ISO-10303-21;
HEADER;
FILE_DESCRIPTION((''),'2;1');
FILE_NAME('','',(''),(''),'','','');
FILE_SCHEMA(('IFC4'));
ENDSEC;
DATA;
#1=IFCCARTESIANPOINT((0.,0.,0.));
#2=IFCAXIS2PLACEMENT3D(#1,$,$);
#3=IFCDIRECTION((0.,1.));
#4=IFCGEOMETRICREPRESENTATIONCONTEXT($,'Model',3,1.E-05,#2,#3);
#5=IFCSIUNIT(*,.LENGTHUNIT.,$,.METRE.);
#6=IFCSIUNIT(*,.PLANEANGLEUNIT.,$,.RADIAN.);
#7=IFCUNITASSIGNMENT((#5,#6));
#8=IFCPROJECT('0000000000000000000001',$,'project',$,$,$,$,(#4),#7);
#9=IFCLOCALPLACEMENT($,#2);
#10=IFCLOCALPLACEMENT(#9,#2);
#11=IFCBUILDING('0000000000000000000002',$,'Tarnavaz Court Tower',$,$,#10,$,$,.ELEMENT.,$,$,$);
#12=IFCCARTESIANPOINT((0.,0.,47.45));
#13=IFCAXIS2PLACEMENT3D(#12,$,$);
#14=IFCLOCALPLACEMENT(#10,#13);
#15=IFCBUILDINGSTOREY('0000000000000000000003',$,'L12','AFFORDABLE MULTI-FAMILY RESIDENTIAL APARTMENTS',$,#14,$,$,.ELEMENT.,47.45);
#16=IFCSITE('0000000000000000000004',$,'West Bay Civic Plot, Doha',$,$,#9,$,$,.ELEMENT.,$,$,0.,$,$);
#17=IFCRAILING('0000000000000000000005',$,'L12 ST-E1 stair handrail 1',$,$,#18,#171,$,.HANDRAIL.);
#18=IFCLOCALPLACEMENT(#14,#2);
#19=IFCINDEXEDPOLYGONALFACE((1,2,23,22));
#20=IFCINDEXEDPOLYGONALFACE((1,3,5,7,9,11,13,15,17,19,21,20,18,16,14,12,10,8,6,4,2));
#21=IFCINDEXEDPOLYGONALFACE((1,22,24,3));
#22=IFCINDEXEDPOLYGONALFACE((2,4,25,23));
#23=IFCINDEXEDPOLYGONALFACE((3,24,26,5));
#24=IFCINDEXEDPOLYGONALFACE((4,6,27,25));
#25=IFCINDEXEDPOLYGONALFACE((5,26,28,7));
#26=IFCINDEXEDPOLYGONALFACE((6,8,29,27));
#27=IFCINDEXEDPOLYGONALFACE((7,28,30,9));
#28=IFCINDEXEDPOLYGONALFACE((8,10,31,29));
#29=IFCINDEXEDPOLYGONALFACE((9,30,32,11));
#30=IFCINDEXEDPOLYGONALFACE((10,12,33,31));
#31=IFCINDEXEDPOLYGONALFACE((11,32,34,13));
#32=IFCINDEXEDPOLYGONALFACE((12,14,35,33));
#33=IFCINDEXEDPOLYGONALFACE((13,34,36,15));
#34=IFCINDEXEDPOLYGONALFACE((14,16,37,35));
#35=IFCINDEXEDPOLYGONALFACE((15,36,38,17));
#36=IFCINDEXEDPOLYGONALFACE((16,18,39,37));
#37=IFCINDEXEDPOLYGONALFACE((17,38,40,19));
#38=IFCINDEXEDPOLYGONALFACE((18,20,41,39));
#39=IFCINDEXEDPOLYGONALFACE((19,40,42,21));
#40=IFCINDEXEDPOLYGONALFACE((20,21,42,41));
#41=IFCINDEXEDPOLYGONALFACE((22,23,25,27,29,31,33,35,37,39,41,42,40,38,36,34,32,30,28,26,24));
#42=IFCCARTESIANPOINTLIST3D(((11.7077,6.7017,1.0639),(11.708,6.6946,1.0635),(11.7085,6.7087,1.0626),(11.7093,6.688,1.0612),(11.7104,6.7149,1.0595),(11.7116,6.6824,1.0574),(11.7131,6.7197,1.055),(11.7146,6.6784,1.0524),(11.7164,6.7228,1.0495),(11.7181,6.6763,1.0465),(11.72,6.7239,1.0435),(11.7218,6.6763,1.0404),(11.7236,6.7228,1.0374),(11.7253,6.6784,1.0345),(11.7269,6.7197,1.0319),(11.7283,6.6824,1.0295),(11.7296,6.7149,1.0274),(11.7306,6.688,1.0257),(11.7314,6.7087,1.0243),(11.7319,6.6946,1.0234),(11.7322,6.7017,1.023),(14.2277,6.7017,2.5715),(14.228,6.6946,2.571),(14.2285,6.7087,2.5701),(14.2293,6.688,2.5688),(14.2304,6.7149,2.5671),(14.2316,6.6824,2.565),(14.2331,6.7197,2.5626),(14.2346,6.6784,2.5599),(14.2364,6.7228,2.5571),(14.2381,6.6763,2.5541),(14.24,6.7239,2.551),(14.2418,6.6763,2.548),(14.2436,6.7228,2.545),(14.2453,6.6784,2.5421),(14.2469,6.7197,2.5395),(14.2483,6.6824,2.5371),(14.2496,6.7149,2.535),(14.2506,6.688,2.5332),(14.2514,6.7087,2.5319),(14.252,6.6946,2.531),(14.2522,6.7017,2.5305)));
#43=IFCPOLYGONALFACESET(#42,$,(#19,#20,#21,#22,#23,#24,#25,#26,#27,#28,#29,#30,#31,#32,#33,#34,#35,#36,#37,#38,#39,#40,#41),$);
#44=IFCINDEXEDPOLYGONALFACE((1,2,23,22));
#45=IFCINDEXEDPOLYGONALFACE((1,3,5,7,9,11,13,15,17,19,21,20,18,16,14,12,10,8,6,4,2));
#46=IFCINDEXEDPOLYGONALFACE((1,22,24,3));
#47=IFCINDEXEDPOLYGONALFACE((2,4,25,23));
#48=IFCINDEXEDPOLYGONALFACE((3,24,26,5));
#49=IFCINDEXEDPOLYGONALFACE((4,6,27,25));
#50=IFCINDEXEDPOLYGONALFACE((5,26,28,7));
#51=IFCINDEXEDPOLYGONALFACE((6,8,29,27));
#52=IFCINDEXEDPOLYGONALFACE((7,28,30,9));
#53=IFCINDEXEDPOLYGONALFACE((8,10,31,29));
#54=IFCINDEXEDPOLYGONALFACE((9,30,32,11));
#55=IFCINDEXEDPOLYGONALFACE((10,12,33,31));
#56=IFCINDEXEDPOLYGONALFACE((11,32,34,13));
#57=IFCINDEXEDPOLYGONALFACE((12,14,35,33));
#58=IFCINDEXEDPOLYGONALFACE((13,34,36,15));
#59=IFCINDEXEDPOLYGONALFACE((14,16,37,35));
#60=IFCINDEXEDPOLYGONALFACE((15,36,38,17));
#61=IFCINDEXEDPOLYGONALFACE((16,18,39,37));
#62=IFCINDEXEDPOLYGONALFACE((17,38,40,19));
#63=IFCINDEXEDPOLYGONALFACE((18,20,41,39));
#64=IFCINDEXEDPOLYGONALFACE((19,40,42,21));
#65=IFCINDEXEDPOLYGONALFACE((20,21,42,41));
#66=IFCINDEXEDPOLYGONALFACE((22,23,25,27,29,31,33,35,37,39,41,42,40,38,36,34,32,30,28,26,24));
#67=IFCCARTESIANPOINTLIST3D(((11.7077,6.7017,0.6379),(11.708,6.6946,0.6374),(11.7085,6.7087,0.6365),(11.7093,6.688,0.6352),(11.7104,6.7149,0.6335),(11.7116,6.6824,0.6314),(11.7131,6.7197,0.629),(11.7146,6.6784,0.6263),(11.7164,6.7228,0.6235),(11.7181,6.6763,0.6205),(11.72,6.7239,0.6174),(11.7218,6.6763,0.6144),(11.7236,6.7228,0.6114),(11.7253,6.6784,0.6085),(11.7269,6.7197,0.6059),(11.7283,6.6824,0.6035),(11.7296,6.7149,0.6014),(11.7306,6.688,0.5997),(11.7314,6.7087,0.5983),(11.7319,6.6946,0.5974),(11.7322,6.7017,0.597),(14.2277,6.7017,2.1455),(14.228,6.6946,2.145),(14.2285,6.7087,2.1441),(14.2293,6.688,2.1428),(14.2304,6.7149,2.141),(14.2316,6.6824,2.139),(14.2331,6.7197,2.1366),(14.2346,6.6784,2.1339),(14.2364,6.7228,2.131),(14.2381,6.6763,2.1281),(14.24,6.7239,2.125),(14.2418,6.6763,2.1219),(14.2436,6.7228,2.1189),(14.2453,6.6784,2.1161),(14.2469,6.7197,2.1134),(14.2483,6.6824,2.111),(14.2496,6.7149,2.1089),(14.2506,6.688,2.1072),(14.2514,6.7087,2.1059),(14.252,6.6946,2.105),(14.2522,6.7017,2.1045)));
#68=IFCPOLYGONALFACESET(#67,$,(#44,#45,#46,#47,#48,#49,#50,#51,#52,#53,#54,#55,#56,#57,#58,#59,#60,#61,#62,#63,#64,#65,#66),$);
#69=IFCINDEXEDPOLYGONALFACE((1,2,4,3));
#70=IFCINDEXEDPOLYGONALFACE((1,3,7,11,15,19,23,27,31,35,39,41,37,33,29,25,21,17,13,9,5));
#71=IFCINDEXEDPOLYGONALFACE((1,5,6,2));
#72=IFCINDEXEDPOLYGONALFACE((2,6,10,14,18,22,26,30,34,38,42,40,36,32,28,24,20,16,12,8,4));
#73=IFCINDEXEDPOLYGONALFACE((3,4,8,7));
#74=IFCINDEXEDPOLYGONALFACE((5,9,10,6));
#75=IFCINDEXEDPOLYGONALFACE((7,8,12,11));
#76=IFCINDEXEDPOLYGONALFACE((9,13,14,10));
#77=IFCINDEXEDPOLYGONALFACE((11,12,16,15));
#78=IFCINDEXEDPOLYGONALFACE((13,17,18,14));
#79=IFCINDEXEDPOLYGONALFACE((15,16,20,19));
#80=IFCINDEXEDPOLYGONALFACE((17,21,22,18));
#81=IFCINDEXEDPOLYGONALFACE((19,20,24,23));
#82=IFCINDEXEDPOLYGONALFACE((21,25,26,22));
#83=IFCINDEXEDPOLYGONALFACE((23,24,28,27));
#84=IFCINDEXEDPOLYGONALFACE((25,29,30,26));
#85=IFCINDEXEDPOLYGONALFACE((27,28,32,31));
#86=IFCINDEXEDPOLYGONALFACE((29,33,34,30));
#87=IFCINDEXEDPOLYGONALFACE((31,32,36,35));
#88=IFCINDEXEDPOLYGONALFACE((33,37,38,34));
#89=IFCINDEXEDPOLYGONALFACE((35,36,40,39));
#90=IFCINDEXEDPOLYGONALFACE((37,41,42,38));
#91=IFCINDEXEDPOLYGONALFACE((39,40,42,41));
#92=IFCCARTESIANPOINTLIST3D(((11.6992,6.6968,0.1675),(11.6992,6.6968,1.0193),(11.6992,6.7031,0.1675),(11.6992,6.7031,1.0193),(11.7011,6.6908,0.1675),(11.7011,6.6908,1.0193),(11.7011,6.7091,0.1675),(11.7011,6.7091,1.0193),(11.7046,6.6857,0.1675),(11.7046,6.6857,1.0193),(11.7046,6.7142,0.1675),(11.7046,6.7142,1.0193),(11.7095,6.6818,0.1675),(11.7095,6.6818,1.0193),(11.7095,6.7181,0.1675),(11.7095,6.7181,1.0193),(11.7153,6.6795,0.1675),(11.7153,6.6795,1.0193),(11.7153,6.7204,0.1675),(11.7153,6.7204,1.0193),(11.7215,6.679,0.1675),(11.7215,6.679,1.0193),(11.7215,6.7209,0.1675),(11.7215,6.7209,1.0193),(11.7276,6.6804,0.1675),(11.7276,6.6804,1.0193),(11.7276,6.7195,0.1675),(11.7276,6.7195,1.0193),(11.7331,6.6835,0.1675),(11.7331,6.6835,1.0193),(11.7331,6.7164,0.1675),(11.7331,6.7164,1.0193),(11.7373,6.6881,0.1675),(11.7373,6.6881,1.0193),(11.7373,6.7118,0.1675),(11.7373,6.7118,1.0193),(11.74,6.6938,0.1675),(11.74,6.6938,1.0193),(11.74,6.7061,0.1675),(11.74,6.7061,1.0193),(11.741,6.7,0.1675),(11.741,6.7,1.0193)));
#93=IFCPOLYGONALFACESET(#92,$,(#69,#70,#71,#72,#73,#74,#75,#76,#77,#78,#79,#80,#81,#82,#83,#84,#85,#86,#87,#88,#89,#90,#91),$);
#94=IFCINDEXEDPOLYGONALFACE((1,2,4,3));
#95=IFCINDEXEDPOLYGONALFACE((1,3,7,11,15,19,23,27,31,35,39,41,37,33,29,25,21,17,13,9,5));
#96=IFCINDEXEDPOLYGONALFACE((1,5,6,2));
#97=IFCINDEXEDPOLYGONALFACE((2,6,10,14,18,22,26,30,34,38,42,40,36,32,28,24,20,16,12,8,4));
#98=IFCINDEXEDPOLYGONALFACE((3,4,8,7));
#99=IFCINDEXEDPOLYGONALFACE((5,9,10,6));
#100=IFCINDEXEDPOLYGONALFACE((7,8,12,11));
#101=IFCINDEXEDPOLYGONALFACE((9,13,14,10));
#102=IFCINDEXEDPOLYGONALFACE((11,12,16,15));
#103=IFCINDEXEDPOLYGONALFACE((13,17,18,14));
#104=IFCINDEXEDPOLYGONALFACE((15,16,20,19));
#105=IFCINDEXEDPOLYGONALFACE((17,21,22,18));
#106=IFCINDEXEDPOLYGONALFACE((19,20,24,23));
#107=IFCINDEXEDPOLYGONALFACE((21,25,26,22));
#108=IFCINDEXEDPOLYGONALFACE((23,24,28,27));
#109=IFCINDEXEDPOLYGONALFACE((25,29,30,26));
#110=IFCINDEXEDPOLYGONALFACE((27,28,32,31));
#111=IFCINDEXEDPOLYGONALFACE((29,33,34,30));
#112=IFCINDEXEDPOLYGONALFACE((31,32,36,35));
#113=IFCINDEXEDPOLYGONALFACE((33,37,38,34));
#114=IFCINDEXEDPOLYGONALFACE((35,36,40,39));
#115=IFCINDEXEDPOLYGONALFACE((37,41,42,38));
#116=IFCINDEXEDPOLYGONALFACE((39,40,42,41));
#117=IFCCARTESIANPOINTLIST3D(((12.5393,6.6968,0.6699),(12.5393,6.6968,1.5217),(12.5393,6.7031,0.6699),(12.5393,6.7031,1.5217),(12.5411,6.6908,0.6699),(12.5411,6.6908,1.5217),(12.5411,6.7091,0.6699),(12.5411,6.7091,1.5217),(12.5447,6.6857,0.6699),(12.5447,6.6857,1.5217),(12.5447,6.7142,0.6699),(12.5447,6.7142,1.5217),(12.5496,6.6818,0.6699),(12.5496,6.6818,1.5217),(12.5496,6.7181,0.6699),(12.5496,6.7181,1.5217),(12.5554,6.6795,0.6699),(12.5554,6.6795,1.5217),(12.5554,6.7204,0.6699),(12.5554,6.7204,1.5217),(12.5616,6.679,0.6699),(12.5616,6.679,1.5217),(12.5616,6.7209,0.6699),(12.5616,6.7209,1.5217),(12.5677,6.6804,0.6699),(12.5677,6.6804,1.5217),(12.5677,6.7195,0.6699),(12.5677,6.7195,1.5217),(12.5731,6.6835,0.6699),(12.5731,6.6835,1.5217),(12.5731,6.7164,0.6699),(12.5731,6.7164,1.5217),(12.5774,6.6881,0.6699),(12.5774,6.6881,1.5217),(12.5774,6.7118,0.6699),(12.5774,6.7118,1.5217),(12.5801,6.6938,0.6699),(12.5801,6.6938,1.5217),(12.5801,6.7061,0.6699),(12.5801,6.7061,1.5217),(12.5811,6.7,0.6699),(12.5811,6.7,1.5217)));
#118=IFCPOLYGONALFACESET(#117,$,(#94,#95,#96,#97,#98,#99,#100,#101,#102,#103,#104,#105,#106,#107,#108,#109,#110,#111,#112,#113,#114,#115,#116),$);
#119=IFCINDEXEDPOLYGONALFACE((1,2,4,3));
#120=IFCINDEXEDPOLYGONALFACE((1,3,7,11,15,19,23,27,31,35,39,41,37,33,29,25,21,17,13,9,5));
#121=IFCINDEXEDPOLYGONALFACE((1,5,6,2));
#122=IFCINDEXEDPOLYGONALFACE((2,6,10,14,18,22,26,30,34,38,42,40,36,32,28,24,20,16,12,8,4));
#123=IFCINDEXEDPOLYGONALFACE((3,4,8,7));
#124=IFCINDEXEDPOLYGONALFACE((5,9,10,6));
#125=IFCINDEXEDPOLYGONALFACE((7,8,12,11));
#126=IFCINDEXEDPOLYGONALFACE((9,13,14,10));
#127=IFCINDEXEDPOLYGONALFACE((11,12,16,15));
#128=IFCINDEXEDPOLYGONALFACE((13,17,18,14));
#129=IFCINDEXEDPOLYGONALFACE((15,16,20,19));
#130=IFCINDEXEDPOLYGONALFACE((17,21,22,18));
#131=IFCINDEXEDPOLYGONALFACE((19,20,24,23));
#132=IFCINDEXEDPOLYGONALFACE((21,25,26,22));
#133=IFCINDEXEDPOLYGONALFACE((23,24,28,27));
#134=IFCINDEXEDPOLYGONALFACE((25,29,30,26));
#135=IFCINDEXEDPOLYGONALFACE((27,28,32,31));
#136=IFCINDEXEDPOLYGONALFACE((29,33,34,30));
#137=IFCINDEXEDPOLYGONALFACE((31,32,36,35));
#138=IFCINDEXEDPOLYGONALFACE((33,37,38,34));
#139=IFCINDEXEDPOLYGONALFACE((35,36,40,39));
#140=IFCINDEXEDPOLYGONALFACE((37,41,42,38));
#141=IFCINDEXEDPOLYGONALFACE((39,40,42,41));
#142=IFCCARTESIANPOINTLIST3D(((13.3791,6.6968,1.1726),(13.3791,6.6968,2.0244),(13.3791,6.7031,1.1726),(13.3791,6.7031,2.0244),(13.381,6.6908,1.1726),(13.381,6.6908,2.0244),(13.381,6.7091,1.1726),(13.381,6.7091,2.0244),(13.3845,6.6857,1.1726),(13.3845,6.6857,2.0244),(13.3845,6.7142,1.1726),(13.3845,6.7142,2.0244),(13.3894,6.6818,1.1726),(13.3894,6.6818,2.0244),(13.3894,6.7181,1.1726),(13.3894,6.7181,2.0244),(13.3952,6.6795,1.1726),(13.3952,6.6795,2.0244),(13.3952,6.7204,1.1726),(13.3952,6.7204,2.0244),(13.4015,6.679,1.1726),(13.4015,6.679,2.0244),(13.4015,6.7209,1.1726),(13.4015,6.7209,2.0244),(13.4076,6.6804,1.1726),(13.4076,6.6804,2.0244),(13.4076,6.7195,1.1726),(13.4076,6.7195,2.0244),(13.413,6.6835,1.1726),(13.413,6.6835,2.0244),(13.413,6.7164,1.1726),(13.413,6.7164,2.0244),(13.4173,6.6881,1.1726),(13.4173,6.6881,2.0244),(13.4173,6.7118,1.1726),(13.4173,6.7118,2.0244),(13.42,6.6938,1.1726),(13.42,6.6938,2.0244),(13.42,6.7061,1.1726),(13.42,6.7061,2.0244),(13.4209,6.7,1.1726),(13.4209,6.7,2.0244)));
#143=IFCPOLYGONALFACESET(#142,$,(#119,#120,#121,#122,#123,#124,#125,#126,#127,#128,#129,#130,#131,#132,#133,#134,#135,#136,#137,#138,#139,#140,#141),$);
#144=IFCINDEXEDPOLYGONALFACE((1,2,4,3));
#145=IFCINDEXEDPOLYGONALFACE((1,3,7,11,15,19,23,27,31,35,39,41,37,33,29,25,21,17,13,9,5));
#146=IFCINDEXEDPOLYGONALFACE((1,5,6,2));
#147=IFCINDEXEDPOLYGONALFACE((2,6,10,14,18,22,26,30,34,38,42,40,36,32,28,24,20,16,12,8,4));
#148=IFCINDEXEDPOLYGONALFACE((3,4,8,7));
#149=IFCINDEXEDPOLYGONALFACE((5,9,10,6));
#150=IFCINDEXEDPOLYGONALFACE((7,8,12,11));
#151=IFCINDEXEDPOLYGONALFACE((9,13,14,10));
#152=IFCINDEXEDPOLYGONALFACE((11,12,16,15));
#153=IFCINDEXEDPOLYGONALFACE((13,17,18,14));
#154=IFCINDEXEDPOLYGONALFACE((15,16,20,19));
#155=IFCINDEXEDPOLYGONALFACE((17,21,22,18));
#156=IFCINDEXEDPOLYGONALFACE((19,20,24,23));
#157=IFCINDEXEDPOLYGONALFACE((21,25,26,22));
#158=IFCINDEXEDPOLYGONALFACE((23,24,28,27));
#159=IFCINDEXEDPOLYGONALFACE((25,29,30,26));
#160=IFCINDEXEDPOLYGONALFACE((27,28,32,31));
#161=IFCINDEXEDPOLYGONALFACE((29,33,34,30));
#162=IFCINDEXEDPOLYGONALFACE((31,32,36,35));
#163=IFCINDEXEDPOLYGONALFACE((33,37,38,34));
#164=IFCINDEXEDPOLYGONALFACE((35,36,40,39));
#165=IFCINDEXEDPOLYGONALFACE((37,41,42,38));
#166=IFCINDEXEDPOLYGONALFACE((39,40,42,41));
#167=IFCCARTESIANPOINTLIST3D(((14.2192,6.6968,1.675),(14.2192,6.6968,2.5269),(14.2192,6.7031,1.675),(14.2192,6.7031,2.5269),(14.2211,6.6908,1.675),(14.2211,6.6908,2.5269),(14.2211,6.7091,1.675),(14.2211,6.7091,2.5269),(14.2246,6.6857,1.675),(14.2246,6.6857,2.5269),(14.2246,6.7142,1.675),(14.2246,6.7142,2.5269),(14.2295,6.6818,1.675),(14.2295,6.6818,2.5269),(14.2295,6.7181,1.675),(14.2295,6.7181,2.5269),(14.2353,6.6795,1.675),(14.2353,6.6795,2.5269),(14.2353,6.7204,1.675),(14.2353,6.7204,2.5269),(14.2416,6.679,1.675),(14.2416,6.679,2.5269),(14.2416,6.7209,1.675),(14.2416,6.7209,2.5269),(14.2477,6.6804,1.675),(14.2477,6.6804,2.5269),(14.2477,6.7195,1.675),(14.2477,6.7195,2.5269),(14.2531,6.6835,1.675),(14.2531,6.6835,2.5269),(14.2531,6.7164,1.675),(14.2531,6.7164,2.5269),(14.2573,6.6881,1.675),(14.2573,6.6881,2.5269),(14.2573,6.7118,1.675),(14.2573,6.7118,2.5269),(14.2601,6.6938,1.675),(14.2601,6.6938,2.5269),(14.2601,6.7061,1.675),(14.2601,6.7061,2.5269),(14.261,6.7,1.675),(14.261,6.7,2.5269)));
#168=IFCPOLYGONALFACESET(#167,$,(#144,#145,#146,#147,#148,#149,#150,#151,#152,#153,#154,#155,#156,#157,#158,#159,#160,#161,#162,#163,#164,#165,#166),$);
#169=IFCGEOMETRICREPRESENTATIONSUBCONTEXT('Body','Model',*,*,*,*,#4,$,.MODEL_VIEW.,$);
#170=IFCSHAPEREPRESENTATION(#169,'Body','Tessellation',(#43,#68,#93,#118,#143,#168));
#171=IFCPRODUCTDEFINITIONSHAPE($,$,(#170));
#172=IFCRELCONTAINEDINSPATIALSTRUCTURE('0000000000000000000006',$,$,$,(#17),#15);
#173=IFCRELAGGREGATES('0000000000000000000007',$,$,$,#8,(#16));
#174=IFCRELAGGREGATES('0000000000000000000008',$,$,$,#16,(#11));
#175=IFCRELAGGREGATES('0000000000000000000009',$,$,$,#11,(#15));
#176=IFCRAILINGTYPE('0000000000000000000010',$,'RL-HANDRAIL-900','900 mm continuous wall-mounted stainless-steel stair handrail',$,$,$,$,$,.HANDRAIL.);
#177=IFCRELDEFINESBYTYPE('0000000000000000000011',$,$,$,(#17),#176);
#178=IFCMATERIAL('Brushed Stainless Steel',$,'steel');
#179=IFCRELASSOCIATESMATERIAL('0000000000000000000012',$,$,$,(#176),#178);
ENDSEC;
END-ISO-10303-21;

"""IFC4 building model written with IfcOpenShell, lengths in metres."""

from ifc_helpers import new_model, si_unit, direction, frame, origin, origin_2d, place, context, subcontext, project, spatial, circle, extrude, material, type_object, element, save


model = new_model("IFC4")

# Units and contexts
model_context = context("Model", 3, precision=1e-05, world=origin(), true_north=direction((0.0, 1.0)))
body_context = subcontext(model_context, "Body", "Model", "MODEL_VIEW")
ifc_project = project(units=[si_unit("LENGTHUNIT", "METRE"), si_unit("PLANEANGLEUNIT", "RADIAN")], contexts=[model_context])

# Site, building, storey
site_placement = place(None, origin())
site = spatial("IfcSite", under=ifc_project, at=site_placement, Name="West Bay Civic Plot, Doha", CompositionType="ELEMENT", RefElevation=0.0)
building_placement = place(site_placement, origin())
building = spatial("IfcBuilding", under=site, at=building_placement, Name="Tarnavaz Court Tower", CompositionType="ELEMENT")
storey_placement = place(building_placement, frame((0.0, 0.0, 47.45)))
storey = spatial("IfcBuildingStorey", under=building, at=storey_placement, Name="L12", Description="AFFORDABLE MULTI-FAMILY RESIDENTIAL APARTMENTS", CompositionType="ELEMENT", Elevation=47.45)

# Railing
ifc_material_1 = material(Name="Brushed Stainless Steel", Category="steel")
railing_type_1 = type_object("IfcRailingType", Name="RL-HANDRAIL-900", Description="900 mm continuous wall-mounted stainless-steel stair handrail", PredefinedType="HANDRAIL", material=ifc_material_1)
railing_1_placement = place(storey_placement, frame((11.72, 6.7, 0.1675)))
element("IfcRailing", 1, at=railing_1_placement, inside=storey, type_object=railing_type_1, Name="L12 ST-E1 stair handrail 1", PredefinedType="HANDRAIL", context=body_context, shape_type="SweptSolid", body=[
    extrude(circle(Radius=0.0239, at=origin_2d()), frame((0.0, 0.0, 0.876), z_axis=(0.85816, 0.0, 0.513383), x_axis=(0.0, 1.0, 0.0)), (0.0, 0.0, 1.0), 2.9365),
    extrude(circle(Radius=0.0239, at=origin_2d()), frame((0.0, 0.0, 0.45), z_axis=(0.85816, 0.0, 0.513383), x_axis=(0.0, 1.0, 0.0)), (0.0, 0.0, 1.0), 2.9365),
    extrude(circle(Radius=0.021, at=origin_2d()), origin(), (0.0, 0.0, 1.0), 0.8518),
    extrude(circle(Radius=0.021, at=origin_2d()), frame((0.8401, 0.0, 0.5024)), (0.0, 0.0, 1.0), 0.8518),
    extrude(circle(Radius=0.021, at=origin_2d()), frame((1.6799, 0.0, 1.0051)), (0.0, 0.0, 1.0), 0.8518),
    extrude(circle(Radius=0.021, at=origin_2d()), frame((2.52, 0.0, 1.5076)), (0.0, 0.0, 1.0), 0.8518),
])

save(model, "model.ifc")
